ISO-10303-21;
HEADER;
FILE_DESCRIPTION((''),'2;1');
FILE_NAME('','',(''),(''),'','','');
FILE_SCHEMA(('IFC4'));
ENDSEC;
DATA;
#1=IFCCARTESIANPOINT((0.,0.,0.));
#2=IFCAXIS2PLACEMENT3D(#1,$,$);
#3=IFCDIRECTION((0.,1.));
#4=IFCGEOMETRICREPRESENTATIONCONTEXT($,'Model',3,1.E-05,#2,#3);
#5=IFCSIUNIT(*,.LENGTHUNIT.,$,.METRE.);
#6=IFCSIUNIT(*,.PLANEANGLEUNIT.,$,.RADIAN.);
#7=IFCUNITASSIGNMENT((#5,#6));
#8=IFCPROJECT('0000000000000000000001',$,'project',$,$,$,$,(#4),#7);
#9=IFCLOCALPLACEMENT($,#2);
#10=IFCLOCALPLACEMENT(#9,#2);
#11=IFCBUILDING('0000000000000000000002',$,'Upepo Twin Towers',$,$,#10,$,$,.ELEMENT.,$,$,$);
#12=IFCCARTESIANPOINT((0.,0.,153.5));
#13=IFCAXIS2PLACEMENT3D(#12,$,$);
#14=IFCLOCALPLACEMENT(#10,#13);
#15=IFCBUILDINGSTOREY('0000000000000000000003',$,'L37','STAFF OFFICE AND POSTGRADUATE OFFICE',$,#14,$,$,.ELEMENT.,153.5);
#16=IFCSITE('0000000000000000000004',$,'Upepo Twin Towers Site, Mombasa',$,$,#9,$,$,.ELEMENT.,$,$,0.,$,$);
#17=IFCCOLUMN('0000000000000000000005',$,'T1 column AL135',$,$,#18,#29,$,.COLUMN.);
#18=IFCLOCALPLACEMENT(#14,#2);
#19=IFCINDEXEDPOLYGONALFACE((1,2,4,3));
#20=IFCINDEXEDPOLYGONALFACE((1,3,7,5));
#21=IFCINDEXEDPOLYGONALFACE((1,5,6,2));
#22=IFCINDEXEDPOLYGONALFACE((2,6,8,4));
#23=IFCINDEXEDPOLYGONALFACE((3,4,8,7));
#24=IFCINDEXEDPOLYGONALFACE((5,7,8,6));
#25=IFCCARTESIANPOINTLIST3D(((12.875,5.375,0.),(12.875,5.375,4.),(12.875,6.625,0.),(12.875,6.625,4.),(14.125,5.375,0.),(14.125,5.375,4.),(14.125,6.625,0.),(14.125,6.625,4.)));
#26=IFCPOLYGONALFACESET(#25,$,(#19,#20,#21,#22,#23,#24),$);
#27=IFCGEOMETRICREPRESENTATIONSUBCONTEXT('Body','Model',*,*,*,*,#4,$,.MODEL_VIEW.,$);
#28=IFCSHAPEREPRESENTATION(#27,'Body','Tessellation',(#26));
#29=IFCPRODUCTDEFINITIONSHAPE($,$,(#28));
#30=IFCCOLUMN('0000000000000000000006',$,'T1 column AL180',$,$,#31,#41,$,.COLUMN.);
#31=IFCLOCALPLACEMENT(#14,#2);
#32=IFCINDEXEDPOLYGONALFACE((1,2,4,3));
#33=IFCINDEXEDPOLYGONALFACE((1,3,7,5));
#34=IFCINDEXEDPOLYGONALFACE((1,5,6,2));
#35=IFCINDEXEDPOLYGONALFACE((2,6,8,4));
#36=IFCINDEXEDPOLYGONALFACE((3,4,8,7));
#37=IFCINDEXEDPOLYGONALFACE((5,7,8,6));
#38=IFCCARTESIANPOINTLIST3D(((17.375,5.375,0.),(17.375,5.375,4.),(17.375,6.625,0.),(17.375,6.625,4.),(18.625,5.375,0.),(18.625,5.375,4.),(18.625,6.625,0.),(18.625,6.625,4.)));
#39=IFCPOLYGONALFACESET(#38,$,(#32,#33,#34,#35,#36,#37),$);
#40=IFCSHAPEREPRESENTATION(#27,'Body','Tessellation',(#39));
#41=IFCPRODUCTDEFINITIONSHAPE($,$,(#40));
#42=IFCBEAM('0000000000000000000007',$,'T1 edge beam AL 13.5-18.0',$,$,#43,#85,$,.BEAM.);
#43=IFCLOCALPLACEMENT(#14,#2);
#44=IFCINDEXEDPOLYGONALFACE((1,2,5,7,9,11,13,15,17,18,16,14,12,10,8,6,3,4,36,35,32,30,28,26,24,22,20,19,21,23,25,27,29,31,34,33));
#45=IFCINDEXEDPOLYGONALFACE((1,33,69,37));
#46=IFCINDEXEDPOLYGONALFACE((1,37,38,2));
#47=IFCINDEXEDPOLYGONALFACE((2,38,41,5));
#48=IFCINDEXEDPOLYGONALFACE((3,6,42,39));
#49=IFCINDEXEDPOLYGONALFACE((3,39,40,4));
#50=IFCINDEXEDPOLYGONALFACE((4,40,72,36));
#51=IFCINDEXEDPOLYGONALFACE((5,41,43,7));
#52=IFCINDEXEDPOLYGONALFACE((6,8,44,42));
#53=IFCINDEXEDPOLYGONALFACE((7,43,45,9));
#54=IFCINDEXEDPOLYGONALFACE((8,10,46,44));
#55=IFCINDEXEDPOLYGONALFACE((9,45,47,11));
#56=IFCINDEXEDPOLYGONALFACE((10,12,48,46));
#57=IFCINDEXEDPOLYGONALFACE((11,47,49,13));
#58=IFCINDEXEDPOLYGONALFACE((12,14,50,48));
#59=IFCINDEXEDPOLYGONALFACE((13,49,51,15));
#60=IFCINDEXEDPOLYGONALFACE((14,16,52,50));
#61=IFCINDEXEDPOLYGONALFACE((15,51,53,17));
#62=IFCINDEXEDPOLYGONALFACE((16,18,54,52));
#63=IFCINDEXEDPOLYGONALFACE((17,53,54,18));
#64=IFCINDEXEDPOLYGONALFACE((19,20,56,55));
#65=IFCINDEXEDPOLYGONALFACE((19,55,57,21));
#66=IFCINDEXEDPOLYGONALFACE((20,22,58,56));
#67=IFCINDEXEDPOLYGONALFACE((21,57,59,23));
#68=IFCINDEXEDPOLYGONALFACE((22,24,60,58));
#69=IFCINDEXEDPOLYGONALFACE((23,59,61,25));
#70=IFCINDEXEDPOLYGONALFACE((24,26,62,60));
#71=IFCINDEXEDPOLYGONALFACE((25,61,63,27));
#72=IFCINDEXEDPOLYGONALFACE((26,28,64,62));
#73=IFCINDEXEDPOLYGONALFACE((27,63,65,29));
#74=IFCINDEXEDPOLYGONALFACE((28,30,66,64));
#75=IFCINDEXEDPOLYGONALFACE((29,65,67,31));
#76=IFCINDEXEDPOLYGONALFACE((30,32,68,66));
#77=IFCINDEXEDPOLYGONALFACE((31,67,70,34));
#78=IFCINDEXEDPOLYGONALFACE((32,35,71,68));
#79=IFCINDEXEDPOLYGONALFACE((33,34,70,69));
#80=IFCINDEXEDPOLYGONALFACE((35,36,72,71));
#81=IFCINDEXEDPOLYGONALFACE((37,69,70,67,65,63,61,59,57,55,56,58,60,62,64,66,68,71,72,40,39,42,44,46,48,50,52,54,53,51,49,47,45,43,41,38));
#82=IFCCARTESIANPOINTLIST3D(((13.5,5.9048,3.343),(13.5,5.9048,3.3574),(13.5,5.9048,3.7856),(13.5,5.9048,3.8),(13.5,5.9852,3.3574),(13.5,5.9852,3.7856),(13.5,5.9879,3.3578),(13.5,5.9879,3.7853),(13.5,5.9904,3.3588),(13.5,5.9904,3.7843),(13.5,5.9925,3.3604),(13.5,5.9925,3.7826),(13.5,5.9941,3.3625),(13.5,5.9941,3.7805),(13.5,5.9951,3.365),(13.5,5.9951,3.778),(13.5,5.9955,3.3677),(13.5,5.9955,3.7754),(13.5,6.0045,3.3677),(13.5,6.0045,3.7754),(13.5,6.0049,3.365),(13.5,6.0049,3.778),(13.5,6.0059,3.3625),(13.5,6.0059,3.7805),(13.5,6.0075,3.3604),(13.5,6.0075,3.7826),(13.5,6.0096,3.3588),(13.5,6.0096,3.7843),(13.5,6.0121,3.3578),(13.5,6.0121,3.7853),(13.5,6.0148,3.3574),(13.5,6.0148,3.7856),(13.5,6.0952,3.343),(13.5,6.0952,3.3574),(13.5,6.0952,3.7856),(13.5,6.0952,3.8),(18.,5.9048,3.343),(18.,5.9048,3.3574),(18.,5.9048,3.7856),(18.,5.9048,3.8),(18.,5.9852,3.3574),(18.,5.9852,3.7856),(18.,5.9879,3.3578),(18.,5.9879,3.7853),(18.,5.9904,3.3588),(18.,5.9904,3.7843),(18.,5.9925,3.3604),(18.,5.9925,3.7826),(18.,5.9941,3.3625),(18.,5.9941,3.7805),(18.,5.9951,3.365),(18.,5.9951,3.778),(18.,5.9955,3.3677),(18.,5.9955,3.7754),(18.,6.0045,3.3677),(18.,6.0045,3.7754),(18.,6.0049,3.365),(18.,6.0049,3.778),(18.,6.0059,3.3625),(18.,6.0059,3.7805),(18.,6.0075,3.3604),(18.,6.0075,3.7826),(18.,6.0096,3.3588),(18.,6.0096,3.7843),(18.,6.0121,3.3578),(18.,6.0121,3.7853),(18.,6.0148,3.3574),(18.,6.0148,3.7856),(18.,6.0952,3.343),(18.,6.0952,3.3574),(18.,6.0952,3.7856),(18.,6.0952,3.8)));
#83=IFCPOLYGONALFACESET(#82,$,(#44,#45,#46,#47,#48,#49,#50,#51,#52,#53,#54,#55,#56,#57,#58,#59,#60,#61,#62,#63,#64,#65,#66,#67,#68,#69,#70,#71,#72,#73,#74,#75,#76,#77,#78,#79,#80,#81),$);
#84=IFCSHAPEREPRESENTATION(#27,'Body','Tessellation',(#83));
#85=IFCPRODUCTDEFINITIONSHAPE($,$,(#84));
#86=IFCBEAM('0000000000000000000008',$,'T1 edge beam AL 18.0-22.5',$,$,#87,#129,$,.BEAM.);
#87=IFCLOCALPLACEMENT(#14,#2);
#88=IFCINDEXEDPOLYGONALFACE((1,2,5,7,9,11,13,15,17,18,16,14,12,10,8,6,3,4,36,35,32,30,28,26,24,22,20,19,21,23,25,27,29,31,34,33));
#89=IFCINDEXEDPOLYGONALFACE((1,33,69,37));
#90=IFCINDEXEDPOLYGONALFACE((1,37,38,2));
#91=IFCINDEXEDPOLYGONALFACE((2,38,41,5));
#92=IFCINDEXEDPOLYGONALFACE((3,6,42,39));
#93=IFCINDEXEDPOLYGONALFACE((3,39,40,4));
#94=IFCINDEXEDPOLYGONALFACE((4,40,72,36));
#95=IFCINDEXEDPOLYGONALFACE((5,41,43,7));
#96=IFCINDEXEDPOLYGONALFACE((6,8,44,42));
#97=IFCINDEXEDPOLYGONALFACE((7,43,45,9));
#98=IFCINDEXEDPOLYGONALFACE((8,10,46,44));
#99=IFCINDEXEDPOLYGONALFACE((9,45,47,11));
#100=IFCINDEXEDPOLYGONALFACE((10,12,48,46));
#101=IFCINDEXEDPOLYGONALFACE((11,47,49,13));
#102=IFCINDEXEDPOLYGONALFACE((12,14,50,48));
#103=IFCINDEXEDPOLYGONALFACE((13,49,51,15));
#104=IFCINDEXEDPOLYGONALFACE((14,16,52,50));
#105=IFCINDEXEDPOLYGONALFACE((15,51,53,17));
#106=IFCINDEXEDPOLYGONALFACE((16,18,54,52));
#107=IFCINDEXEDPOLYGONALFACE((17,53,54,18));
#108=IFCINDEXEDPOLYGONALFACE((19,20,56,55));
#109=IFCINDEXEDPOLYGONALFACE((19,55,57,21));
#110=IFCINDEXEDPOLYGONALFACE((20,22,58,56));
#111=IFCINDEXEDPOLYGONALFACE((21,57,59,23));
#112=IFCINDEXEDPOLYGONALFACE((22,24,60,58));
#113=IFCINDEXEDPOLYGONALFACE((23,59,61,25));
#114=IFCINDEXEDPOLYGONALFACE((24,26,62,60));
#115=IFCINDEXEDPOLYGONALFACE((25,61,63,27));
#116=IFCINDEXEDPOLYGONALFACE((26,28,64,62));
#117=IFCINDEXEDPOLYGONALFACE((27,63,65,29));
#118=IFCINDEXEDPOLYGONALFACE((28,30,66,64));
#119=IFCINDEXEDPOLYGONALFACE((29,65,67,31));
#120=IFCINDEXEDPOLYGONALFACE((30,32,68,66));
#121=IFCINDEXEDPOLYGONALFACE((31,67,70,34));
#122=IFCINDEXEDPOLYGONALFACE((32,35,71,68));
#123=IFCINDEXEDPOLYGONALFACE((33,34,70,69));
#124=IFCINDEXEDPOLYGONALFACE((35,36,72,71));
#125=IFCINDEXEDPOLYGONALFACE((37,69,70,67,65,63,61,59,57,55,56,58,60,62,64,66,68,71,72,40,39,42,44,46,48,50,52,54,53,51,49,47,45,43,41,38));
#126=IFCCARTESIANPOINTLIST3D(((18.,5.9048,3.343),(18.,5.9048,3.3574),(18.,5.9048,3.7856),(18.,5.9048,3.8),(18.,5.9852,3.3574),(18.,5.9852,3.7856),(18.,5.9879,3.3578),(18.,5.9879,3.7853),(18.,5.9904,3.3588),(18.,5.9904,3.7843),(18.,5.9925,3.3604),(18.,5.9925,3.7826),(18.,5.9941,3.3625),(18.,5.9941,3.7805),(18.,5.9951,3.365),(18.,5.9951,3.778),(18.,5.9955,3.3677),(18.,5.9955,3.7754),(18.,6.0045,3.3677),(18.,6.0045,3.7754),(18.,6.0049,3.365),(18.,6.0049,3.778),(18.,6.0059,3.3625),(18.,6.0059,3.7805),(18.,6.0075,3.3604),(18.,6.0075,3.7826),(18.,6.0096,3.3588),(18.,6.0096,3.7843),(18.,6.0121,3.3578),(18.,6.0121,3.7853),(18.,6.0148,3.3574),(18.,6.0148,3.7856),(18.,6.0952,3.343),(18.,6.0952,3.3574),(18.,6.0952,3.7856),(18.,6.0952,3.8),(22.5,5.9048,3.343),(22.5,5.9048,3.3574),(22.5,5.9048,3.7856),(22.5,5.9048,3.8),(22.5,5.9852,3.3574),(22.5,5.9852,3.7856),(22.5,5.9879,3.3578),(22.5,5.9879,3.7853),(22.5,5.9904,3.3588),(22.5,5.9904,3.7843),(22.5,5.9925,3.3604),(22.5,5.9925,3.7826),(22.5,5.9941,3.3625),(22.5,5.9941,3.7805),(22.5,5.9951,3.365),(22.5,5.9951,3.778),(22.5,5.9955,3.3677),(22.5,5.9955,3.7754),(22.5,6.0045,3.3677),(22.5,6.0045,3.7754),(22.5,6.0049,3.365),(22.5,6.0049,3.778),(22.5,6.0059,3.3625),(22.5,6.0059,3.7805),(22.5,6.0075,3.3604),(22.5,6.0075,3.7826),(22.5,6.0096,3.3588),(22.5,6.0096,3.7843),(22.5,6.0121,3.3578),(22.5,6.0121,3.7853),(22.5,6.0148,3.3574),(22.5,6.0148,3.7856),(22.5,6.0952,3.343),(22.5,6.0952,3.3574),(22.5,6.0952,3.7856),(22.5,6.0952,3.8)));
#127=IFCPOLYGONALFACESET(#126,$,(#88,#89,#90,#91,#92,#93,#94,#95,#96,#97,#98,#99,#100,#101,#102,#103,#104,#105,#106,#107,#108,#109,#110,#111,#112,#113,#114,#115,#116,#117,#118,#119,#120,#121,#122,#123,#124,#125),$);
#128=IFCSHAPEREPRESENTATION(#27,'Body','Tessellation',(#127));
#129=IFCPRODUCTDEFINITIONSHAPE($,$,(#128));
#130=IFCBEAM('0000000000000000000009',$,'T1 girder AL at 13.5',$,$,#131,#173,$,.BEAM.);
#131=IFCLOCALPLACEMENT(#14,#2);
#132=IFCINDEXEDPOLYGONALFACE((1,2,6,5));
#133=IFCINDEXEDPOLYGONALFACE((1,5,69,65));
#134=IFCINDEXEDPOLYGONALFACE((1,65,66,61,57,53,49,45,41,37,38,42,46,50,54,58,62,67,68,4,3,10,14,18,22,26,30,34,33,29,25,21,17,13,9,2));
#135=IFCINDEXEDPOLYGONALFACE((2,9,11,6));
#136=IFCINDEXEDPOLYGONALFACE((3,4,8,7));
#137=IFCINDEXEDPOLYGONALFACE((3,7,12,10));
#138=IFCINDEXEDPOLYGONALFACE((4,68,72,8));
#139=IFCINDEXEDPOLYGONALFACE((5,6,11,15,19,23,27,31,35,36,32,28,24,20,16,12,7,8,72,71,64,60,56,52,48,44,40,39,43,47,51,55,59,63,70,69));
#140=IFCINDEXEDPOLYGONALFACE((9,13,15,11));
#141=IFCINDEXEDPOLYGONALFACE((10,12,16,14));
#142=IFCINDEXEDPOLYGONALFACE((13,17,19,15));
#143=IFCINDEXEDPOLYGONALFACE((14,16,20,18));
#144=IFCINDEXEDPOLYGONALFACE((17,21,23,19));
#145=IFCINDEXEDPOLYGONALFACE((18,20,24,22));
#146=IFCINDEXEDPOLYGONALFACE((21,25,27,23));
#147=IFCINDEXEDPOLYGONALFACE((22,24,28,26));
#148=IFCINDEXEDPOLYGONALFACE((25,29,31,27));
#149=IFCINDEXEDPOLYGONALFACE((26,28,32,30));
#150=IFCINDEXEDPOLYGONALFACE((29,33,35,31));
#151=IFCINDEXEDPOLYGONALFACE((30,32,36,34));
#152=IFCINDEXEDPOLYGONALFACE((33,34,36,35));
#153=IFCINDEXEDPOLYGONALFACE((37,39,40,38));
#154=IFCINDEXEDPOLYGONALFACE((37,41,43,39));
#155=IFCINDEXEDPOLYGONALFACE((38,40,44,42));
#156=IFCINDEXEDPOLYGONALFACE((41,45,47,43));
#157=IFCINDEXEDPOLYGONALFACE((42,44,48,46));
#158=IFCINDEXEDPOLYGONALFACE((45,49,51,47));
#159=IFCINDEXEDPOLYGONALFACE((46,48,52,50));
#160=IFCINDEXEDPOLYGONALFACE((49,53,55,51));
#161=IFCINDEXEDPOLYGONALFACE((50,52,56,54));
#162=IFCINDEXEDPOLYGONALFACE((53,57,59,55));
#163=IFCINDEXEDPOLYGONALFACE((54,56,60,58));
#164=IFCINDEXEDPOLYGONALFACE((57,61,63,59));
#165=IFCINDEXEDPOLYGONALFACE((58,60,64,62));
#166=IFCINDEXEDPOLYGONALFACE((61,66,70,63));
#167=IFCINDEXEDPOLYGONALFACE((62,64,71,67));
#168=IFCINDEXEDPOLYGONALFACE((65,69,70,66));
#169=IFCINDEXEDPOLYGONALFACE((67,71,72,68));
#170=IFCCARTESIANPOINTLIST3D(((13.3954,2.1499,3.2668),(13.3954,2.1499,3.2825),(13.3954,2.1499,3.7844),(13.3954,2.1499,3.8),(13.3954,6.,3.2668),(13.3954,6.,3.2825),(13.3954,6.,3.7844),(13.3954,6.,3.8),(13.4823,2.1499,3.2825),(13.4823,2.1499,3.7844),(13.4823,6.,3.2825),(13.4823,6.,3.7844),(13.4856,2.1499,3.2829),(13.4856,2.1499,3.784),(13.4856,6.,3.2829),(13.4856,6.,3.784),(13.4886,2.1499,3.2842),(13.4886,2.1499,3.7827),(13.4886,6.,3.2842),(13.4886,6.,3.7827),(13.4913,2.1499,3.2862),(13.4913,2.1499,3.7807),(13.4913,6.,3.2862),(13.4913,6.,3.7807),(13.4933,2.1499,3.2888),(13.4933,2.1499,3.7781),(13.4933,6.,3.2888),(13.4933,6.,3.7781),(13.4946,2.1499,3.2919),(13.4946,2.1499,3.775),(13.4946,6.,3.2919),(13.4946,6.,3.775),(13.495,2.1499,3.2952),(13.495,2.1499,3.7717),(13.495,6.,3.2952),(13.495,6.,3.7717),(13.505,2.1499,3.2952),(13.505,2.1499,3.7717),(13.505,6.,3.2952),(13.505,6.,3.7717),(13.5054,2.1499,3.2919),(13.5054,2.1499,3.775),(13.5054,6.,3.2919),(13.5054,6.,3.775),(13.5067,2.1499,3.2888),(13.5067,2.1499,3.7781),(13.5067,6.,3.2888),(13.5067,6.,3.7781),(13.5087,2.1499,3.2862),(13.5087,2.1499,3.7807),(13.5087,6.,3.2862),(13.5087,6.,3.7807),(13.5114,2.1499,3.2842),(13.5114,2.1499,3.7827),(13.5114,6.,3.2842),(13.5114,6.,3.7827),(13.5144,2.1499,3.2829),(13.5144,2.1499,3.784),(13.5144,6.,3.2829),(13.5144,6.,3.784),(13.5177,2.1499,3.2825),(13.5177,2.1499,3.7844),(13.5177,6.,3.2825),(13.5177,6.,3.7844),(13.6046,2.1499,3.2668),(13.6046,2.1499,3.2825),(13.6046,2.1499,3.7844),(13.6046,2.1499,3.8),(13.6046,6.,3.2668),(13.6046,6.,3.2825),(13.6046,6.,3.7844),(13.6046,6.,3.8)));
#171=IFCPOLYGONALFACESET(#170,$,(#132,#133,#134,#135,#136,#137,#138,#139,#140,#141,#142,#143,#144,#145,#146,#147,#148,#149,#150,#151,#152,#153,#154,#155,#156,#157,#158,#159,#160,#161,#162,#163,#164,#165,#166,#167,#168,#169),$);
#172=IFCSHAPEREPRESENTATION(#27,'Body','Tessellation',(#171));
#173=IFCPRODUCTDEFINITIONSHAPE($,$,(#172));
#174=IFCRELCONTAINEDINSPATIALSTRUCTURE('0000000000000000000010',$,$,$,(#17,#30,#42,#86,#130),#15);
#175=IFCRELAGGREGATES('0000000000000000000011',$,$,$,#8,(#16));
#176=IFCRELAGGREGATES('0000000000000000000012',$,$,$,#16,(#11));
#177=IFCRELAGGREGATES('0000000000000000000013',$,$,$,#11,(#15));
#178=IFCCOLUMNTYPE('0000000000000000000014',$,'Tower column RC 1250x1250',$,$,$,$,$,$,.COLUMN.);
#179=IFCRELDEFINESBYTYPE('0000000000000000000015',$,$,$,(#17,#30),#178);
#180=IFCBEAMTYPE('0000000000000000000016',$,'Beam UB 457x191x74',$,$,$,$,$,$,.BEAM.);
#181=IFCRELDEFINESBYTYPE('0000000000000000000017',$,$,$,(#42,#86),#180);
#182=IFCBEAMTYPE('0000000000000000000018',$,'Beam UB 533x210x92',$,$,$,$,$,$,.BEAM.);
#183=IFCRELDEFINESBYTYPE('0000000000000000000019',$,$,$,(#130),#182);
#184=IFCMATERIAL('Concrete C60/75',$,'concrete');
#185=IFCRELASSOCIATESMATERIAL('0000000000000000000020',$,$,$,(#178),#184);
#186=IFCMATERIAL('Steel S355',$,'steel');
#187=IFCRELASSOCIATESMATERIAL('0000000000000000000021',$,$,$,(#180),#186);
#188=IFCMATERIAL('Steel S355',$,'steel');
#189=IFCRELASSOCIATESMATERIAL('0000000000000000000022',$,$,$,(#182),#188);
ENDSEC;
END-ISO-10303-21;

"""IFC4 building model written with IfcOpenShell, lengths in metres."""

from ifc_helpers import new_model, si_unit, direction, frame, origin, origin_2d, place, context, subcontext, project, spatial, rectangle, i_section, extrude, material, material_profile, profile_set, type_object, element, save


model = new_model("IFC4")

# Units and contexts
model_context = context("Model", 3, precision=1e-05, world=origin(), true_north=direction((0.0, 1.0)))
body_context = subcontext(model_context, "Body", "Model", "MODEL_VIEW")
ifc_project = project(units=[si_unit("LENGTHUNIT", "METRE"), si_unit("PLANEANGLEUNIT", "RADIAN")], contexts=[model_context])

# Site, building, storey
site_placement = place(None, origin())
site = spatial("IfcSite", under=ifc_project, at=site_placement, Name="Upepo Twin Towers Site, Mombasa", CompositionType="ELEMENT", RefElevation=0.0)
building_placement = place(site_placement, origin())
building = spatial("IfcBuilding", under=site, at=building_placement, Name="Upepo Twin Towers", CompositionType="ELEMENT")
storey_placement = place(building_placement, frame((0.0, 0.0, 153.5)))
storey = spatial("IfcBuildingStorey", under=building, at=storey_placement, Name="L37", Description="STAFF OFFICE AND POSTGRADUATE OFFICE", CompositionType="ELEMENT", Elevation=153.5)

# Columns
ifc_material_1 = material(Name="Concrete C60/75", Category="concrete")
ifc_material_profile_1 = material_profile(ifc_material_1, rectangle(XDim=1.25, YDim=1.25, at=origin_2d()), Name="RC 1250x1250")
ifc_profile_set_1 = profile_set([ifc_material_profile_1], Name="Concrete C60/75")
column_type = type_object("IfcColumnType", Name="Tower column RC 1250x1250", PredefinedType="COLUMN", material=ifc_profile_set_1)
for number, where, z_axis, x_axis, name in (
    (1, (13.5, 6.0, 0.0), (0.0, 0.0, 1.0), (1.0, 0.0, 0.0), "T1 column AL135"),
    (2, (18.0, 6.0, 0.0), (0.0, 0.0, 1.0), (1.0, 0.0, 0.0), "T1 column AL180"),
):
    element("IfcColumn", number, at=place(storey_placement, frame(where, z_axis=z_axis, x_axis=x_axis)), inside=storey, type_object=column_type, Name=name, PredefinedType="COLUMN", context=body_context, shape_type="SweptSolid", body=[
        extrude(rectangle(XDim=1.25, YDim=1.25, at=origin_2d()), origin(), (0.0, 0.0, 1.0), 4.0),
    ])

# Beams
ifc_material_2 = material(Name="Steel S355", Category="steel")
ifc_material_profile_2 = material_profile(ifc_material_2, i_section(OverallWidth=0.1904, OverallDepth=0.457, WebThickness=0.009, FlangeThickness=0.0144, FilletRadius=0.0103, at=origin_2d()), Name="UB 457x191x74")
ifc_profile_set_2 = profile_set([ifc_material_profile_2], Name="Steel S355")
beam_type_1 = type_object("IfcBeamType", Name="Beam UB 457x191x74", PredefinedType="BEAM", material=ifc_profile_set_2)
for number, where, z_axis, x_axis, name in (
    (3, (13.5, 6.0, 3.5715), (1.0, 0.0, 0.0), (0.0, 1.0, 0.0), "T1 edge beam AL 13.5-18.0"),
    (4, (18.0, 6.0, 3.5715), (1.0, 0.0, 0.0), (0.0, 1.0, 0.0), "T1 edge beam AL 18.0-22.5"),
):
    element("IfcBeam", number, at=place(storey_placement, frame(where, z_axis=z_axis, x_axis=x_axis)), inside=storey, type_object=beam_type_1, Name=name, PredefinedType="BEAM", context=body_context, shape_type="SweptSolid", body=[
        extrude(i_section(OverallWidth=0.1904, OverallDepth=0.457, WebThickness=0.009, FlangeThickness=0.0144, FilletRadius=0.0103, at=origin_2d()), origin(), (0.0, 0.0, 1.0), 4.5),
    ])
ifc_material_3 = material(Name="Steel S355", Category="steel")
ifc_material_profile_3 = material_profile(ifc_material_3, i_section(OverallWidth=0.2092, OverallDepth=0.5332, WebThickness=0.01, FlangeThickness=0.0156, FilletRadius=0.0127, at=origin_2d()), Name="UB 533x210x92")
ifc_profile_set_3 = profile_set([ifc_material_profile_3], Name="Steel S355")
beam_type_2 = type_object("IfcBeamType", Name="Beam UB 533x210x92", PredefinedType="BEAM", material=ifc_profile_set_3)
for number, where, z_axis, x_axis, name in (
    (5, (13.5, 6.0, 3.5334), (0.0, -1.0, 0.0), (1.0, 0.0, 0.0), "T1 girder AL at 13.5"),
):
    element("IfcBeam", number, at=place(storey_placement, frame(where, z_axis=z_axis, x_axis=x_axis)), inside=storey, type_object=beam_type_2, Name=name, PredefinedType="BEAM", context=body_context, shape_type="SweptSolid", body=[
        extrude(i_section(OverallWidth=0.2092, OverallDepth=0.5332, WebThickness=0.01, FlangeThickness=0.0156, FilletRadius=0.0127, at=origin_2d()), origin(), (0.0, 0.0, 1.0), 3.8501),
    ])

save(model, "model.ifc")
